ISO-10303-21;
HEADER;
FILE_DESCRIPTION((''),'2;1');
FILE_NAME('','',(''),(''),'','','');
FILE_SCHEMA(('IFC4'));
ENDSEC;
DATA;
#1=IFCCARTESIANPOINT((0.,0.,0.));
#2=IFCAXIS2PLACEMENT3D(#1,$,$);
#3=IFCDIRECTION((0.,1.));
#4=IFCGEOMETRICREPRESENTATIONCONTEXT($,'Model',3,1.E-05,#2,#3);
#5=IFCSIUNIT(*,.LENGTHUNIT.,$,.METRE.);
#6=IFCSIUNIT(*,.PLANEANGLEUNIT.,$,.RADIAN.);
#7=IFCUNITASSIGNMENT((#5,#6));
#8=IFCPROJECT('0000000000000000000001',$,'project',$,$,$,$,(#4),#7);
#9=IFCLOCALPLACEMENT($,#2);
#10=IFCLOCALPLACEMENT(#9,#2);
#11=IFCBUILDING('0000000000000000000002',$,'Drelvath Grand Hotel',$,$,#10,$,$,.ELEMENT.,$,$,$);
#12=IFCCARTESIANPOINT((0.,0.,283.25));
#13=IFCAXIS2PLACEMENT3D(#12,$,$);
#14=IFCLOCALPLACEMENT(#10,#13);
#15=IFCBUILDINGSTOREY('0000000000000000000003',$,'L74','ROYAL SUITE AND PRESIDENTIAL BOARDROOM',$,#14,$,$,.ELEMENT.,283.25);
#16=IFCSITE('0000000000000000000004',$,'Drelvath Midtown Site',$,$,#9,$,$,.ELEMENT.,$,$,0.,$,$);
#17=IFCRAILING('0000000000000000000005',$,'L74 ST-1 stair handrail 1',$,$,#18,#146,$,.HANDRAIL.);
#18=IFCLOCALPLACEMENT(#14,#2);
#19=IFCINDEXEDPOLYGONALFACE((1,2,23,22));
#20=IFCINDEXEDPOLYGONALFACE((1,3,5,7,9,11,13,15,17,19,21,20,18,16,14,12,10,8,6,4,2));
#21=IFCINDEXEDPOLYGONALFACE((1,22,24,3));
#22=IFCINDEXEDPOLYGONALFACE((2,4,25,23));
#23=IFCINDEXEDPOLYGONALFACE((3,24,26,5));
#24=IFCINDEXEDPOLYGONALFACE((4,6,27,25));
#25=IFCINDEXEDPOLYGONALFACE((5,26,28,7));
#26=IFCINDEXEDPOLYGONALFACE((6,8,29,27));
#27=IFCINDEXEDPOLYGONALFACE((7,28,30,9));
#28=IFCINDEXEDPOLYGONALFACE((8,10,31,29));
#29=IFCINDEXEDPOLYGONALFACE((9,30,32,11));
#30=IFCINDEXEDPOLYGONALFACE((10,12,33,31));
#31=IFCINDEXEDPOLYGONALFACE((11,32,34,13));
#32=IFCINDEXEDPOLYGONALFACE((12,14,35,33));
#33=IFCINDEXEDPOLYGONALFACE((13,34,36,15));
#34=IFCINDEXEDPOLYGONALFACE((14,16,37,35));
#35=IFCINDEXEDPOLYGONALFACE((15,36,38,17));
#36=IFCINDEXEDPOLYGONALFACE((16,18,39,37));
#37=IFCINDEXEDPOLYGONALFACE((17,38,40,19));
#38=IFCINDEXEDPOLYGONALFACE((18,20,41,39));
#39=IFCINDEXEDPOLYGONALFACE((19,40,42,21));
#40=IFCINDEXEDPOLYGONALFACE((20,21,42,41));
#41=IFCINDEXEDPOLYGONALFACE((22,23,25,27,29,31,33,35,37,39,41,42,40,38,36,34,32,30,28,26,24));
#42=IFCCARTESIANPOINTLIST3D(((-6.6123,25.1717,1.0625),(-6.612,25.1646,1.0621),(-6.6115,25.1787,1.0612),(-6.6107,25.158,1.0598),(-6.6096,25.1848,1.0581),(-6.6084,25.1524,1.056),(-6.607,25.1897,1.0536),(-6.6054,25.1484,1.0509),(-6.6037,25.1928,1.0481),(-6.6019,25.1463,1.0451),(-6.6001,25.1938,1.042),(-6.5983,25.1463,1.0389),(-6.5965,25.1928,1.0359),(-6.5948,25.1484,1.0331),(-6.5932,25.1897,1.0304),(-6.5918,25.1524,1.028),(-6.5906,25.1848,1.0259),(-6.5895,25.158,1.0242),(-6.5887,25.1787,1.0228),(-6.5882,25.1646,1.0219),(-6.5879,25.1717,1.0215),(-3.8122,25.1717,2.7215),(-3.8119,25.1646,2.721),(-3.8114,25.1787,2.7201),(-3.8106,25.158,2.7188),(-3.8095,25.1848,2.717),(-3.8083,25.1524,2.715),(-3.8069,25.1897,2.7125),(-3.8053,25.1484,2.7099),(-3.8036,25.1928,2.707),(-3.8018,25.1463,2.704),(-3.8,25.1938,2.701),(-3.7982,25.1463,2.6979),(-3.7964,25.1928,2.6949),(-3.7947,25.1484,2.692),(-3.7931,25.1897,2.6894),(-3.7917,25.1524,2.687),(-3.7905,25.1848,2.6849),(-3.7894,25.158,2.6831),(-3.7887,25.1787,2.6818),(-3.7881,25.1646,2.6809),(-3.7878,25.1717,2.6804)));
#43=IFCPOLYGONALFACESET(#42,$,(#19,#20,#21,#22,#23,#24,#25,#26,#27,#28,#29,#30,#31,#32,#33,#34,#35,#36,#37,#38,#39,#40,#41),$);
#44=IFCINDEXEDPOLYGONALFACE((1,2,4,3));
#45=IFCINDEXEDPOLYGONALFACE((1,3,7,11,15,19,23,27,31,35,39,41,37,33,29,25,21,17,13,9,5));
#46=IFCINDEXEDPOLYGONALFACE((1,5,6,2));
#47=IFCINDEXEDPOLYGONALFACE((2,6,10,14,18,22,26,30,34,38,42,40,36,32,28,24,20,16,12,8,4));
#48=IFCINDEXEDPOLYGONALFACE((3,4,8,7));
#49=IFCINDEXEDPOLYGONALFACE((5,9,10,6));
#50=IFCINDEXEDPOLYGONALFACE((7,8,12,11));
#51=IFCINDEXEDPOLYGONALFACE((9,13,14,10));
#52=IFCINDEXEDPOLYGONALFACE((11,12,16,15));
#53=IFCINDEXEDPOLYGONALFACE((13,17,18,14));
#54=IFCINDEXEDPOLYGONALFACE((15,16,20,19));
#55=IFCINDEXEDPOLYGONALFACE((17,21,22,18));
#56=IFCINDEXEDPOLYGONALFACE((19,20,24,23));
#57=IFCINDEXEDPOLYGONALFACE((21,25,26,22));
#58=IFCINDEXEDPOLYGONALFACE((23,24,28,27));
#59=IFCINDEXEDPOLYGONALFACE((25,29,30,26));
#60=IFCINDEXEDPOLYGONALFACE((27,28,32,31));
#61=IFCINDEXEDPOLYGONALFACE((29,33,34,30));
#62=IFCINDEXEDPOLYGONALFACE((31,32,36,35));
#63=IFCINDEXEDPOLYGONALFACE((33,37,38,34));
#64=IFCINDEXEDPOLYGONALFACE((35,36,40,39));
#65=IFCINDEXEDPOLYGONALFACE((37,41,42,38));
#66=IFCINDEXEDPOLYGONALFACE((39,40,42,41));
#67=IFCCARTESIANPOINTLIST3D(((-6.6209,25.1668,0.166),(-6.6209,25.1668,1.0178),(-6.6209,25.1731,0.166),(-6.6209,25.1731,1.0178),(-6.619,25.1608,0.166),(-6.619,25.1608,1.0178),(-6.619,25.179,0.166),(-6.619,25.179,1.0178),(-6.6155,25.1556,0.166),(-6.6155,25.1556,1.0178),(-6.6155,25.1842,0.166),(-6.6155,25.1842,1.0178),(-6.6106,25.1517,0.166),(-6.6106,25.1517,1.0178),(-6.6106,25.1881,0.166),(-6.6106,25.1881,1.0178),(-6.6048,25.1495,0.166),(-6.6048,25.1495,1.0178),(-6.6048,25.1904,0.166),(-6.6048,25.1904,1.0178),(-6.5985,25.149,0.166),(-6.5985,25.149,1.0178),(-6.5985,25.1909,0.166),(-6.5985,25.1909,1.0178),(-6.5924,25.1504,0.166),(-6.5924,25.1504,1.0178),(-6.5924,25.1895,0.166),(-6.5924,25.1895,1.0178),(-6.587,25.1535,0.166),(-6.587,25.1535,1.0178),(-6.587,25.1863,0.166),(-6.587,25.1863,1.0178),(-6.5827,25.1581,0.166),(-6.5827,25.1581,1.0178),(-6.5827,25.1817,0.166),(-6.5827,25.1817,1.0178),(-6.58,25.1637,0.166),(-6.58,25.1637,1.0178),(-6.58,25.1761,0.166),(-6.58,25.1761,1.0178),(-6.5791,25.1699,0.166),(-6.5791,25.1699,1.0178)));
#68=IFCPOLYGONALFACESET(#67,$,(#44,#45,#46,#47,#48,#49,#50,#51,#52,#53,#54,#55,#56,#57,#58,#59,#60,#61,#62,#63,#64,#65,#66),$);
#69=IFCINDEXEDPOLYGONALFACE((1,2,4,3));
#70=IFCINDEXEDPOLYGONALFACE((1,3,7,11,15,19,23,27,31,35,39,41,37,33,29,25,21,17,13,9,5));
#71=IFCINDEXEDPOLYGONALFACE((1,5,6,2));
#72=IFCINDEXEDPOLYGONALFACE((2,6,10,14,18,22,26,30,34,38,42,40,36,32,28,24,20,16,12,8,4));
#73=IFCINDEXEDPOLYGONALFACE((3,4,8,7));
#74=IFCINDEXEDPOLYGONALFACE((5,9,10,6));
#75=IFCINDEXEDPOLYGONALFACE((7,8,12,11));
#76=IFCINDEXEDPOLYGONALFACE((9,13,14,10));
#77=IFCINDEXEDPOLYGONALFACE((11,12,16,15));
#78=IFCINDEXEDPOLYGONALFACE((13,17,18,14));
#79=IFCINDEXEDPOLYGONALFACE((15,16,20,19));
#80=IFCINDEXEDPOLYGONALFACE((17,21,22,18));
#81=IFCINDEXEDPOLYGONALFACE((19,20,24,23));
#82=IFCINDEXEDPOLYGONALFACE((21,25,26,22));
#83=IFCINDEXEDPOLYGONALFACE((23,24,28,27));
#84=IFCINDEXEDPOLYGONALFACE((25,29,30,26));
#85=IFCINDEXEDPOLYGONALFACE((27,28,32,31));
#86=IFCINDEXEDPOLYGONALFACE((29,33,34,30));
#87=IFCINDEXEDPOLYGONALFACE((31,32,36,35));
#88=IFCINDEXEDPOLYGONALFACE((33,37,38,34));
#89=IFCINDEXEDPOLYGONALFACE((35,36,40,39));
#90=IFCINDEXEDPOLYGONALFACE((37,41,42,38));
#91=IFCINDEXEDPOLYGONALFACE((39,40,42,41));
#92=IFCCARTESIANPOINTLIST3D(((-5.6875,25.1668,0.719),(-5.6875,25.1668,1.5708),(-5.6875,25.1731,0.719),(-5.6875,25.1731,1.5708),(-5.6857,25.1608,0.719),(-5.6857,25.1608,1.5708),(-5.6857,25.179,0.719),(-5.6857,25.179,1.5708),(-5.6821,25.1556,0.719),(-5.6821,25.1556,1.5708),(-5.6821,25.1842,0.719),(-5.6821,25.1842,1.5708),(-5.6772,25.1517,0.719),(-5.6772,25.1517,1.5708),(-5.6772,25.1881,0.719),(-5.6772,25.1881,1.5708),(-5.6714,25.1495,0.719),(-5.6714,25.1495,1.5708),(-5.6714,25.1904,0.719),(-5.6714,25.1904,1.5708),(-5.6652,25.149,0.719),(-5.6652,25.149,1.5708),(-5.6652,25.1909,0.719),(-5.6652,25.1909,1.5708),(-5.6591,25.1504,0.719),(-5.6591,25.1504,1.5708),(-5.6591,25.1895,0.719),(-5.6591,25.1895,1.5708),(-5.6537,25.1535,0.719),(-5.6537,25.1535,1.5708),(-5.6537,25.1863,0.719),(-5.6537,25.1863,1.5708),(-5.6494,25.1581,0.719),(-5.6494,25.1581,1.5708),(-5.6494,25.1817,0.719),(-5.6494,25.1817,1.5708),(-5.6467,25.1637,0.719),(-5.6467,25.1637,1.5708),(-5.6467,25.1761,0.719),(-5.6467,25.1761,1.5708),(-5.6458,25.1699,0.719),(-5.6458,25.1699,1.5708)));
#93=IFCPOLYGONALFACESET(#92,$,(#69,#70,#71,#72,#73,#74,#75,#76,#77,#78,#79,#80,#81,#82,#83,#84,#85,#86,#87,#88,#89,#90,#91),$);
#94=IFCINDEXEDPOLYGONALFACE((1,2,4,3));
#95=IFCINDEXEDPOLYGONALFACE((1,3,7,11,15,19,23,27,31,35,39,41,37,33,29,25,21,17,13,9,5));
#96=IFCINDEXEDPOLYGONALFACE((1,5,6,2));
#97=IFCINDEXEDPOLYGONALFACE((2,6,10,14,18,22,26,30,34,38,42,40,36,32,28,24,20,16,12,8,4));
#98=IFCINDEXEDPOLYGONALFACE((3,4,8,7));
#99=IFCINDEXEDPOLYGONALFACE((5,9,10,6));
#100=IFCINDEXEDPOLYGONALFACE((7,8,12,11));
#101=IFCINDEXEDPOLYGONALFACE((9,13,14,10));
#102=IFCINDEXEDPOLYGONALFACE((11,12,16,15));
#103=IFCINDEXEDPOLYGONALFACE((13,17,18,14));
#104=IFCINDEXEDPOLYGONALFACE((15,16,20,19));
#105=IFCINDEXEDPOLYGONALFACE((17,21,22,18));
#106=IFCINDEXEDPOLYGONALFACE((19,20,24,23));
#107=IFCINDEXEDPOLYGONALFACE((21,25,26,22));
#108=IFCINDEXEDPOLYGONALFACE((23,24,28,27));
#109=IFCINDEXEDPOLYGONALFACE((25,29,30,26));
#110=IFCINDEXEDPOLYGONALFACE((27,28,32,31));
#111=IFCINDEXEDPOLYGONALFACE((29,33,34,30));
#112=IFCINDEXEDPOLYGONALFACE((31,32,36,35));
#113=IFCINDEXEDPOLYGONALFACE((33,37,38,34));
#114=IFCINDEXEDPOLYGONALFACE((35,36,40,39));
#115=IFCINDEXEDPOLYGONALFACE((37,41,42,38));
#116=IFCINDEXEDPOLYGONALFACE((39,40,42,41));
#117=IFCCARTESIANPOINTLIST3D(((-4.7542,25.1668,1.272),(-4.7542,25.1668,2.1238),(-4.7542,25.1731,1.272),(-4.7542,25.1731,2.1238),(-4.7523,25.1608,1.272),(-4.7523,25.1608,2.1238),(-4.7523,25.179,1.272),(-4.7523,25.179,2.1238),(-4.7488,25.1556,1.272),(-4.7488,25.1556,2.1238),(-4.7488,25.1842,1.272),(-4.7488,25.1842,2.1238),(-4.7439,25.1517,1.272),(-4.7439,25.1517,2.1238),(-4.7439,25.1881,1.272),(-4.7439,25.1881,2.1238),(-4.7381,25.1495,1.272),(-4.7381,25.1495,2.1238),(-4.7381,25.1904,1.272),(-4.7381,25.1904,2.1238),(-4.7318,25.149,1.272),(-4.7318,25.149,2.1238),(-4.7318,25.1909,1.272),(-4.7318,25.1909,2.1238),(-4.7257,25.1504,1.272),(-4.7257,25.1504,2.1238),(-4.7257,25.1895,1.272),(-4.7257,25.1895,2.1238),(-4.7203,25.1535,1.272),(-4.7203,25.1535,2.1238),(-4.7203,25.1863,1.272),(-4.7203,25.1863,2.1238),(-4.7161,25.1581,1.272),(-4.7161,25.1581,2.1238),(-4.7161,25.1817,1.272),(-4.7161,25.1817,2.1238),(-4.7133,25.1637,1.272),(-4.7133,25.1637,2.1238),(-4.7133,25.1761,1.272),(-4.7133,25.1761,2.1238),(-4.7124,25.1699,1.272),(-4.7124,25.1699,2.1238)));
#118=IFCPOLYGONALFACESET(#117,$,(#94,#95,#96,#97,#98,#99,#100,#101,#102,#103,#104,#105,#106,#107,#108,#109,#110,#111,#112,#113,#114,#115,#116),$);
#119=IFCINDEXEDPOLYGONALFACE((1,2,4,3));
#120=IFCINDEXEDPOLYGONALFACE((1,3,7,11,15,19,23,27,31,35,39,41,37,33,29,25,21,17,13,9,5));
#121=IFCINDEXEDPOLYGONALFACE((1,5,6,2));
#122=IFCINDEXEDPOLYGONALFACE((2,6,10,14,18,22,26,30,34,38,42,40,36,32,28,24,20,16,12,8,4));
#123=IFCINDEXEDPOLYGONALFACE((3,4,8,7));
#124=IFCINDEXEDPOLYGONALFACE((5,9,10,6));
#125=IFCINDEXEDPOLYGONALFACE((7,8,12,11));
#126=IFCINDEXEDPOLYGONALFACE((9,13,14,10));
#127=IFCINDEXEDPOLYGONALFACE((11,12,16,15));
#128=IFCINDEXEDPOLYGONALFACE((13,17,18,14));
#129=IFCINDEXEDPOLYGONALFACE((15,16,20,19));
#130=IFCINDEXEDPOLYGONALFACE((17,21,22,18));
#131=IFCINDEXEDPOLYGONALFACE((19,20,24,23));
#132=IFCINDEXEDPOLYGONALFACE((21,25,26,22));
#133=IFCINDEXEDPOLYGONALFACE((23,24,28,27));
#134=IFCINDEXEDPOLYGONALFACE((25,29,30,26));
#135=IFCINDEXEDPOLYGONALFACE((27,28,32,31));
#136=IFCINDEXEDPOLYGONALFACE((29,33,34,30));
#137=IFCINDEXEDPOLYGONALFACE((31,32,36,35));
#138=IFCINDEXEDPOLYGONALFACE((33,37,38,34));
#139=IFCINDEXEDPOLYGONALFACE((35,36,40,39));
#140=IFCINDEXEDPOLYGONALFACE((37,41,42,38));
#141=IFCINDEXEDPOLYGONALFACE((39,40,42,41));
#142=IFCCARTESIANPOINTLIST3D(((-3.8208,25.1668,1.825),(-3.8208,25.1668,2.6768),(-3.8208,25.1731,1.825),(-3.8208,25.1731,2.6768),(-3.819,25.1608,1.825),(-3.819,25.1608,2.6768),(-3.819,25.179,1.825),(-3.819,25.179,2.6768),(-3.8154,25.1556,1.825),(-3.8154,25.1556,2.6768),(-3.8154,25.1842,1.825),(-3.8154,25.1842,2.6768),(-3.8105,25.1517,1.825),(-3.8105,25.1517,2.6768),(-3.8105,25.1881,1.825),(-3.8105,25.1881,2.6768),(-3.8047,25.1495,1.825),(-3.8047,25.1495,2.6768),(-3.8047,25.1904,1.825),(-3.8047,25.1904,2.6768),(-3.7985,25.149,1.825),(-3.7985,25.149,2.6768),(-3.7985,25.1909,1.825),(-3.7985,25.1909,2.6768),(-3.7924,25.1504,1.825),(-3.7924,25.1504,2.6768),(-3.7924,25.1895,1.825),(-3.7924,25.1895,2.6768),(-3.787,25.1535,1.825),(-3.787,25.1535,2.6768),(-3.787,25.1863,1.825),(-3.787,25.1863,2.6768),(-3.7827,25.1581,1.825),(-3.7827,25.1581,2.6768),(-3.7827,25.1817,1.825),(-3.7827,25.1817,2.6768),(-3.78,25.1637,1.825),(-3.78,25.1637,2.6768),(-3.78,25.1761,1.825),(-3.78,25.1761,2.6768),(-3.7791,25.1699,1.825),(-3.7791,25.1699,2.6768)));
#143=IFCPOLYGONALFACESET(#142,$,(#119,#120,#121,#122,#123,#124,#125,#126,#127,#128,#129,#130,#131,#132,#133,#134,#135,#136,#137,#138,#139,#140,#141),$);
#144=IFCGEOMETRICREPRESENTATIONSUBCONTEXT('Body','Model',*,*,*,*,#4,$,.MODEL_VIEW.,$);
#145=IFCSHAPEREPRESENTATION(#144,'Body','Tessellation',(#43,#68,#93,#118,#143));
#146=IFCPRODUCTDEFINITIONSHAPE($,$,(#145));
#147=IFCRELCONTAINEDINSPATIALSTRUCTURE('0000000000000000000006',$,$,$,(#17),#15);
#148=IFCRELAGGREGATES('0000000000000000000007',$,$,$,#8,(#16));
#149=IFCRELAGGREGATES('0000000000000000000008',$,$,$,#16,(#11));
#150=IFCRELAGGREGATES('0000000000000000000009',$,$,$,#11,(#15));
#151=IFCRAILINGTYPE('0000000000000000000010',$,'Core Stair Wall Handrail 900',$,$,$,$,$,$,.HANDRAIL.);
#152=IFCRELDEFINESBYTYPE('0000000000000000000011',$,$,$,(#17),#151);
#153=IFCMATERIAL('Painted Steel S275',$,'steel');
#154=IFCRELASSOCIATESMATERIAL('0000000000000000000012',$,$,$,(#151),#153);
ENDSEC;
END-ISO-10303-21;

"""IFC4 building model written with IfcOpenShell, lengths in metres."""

from ifc_helpers import new_model, si_unit, direction, frame, origin, origin_2d, place, context, subcontext, project, spatial, circle, extrude, material, type_object, element, save


model = new_model("IFC4")

# Units and contexts
model_context = context("Model", 3, precision=1e-05, world=origin(), true_north=direction((0.0, 1.0)))
body_context = subcontext(model_context, "Body", "Model", "MODEL_VIEW")
ifc_project = project(units=[si_unit("LENGTHUNIT", "METRE"), si_unit("PLANEANGLEUNIT", "RADIAN")], contexts=[model_context])

# Site, building, storey
site_placement = place(None, origin())
site = spatial("IfcSite", under=ifc_project, at=site_placement, Name="Drelvath Midtown Site", CompositionType="ELEMENT", RefElevation=0.0)
building_placement = place(site_placement, origin())
building = spatial("IfcBuilding", under=site, at=building_placement, Name="Drelvath Grand Hotel", CompositionType="ELEMENT")
storey_placement = place(building_placement, frame((0.0, 0.0, 283.25)))
storey = spatial("IfcBuildingStorey", under=building, at=storey_placement, Name="L74", Description="ROYAL SUITE AND PRESIDENTIAL BOARDROOM", CompositionType="ELEMENT", Elevation=283.25)

# Shared definitions
ifc_material_1 = material(Name="Painted Steel S275", Category="steel")

# Railing
railing_type_1 = type_object("IfcRailingType", Name="Core Stair Wall Handrail 900", PredefinedType="HANDRAIL", material=ifc_material_1)
railing_1_placement = place(storey_placement, frame((-6.6001, 25.1699, 0.166)))
element("IfcRailing", 1, at=railing_1_placement, inside=storey, type_object=railing_type_1, Name="L74 ST-1 stair handrail 1", PredefinedType="HANDRAIL", context=body_context, shape_type="SweptSolid", body=[
    extrude(circle(Radius=0.0239, at=origin_2d()), frame((0.0, 0.0, 0.876), z_axis=(0.860339, 0.0, 0.509722), x_axis=(0.0, 1.0, 0.0)), (0.0, 0.0, 1.0), 3.2546),
    extrude(circle(Radius=0.021, at=origin_2d()), origin(), (0.0, 0.0, 1.0), 0.8518),
    extrude(circle(Radius=0.021, at=origin_2d()), frame((0.9333, 0.0, 0.553)), (0.0, 0.0, 1.0), 0.8518),
    extrude(circle(Radius=0.021, at=origin_2d()), frame((1.8667, 0.0, 1.106)), (0.0, 0.0, 1.0), 0.8518),
    extrude(circle(Radius=0.021, at=origin_2d()), frame((2.8, 0.0, 1.6589)), (0.0, 0.0, 1.0), 0.8518),
])

save(model, "model.ifc")
